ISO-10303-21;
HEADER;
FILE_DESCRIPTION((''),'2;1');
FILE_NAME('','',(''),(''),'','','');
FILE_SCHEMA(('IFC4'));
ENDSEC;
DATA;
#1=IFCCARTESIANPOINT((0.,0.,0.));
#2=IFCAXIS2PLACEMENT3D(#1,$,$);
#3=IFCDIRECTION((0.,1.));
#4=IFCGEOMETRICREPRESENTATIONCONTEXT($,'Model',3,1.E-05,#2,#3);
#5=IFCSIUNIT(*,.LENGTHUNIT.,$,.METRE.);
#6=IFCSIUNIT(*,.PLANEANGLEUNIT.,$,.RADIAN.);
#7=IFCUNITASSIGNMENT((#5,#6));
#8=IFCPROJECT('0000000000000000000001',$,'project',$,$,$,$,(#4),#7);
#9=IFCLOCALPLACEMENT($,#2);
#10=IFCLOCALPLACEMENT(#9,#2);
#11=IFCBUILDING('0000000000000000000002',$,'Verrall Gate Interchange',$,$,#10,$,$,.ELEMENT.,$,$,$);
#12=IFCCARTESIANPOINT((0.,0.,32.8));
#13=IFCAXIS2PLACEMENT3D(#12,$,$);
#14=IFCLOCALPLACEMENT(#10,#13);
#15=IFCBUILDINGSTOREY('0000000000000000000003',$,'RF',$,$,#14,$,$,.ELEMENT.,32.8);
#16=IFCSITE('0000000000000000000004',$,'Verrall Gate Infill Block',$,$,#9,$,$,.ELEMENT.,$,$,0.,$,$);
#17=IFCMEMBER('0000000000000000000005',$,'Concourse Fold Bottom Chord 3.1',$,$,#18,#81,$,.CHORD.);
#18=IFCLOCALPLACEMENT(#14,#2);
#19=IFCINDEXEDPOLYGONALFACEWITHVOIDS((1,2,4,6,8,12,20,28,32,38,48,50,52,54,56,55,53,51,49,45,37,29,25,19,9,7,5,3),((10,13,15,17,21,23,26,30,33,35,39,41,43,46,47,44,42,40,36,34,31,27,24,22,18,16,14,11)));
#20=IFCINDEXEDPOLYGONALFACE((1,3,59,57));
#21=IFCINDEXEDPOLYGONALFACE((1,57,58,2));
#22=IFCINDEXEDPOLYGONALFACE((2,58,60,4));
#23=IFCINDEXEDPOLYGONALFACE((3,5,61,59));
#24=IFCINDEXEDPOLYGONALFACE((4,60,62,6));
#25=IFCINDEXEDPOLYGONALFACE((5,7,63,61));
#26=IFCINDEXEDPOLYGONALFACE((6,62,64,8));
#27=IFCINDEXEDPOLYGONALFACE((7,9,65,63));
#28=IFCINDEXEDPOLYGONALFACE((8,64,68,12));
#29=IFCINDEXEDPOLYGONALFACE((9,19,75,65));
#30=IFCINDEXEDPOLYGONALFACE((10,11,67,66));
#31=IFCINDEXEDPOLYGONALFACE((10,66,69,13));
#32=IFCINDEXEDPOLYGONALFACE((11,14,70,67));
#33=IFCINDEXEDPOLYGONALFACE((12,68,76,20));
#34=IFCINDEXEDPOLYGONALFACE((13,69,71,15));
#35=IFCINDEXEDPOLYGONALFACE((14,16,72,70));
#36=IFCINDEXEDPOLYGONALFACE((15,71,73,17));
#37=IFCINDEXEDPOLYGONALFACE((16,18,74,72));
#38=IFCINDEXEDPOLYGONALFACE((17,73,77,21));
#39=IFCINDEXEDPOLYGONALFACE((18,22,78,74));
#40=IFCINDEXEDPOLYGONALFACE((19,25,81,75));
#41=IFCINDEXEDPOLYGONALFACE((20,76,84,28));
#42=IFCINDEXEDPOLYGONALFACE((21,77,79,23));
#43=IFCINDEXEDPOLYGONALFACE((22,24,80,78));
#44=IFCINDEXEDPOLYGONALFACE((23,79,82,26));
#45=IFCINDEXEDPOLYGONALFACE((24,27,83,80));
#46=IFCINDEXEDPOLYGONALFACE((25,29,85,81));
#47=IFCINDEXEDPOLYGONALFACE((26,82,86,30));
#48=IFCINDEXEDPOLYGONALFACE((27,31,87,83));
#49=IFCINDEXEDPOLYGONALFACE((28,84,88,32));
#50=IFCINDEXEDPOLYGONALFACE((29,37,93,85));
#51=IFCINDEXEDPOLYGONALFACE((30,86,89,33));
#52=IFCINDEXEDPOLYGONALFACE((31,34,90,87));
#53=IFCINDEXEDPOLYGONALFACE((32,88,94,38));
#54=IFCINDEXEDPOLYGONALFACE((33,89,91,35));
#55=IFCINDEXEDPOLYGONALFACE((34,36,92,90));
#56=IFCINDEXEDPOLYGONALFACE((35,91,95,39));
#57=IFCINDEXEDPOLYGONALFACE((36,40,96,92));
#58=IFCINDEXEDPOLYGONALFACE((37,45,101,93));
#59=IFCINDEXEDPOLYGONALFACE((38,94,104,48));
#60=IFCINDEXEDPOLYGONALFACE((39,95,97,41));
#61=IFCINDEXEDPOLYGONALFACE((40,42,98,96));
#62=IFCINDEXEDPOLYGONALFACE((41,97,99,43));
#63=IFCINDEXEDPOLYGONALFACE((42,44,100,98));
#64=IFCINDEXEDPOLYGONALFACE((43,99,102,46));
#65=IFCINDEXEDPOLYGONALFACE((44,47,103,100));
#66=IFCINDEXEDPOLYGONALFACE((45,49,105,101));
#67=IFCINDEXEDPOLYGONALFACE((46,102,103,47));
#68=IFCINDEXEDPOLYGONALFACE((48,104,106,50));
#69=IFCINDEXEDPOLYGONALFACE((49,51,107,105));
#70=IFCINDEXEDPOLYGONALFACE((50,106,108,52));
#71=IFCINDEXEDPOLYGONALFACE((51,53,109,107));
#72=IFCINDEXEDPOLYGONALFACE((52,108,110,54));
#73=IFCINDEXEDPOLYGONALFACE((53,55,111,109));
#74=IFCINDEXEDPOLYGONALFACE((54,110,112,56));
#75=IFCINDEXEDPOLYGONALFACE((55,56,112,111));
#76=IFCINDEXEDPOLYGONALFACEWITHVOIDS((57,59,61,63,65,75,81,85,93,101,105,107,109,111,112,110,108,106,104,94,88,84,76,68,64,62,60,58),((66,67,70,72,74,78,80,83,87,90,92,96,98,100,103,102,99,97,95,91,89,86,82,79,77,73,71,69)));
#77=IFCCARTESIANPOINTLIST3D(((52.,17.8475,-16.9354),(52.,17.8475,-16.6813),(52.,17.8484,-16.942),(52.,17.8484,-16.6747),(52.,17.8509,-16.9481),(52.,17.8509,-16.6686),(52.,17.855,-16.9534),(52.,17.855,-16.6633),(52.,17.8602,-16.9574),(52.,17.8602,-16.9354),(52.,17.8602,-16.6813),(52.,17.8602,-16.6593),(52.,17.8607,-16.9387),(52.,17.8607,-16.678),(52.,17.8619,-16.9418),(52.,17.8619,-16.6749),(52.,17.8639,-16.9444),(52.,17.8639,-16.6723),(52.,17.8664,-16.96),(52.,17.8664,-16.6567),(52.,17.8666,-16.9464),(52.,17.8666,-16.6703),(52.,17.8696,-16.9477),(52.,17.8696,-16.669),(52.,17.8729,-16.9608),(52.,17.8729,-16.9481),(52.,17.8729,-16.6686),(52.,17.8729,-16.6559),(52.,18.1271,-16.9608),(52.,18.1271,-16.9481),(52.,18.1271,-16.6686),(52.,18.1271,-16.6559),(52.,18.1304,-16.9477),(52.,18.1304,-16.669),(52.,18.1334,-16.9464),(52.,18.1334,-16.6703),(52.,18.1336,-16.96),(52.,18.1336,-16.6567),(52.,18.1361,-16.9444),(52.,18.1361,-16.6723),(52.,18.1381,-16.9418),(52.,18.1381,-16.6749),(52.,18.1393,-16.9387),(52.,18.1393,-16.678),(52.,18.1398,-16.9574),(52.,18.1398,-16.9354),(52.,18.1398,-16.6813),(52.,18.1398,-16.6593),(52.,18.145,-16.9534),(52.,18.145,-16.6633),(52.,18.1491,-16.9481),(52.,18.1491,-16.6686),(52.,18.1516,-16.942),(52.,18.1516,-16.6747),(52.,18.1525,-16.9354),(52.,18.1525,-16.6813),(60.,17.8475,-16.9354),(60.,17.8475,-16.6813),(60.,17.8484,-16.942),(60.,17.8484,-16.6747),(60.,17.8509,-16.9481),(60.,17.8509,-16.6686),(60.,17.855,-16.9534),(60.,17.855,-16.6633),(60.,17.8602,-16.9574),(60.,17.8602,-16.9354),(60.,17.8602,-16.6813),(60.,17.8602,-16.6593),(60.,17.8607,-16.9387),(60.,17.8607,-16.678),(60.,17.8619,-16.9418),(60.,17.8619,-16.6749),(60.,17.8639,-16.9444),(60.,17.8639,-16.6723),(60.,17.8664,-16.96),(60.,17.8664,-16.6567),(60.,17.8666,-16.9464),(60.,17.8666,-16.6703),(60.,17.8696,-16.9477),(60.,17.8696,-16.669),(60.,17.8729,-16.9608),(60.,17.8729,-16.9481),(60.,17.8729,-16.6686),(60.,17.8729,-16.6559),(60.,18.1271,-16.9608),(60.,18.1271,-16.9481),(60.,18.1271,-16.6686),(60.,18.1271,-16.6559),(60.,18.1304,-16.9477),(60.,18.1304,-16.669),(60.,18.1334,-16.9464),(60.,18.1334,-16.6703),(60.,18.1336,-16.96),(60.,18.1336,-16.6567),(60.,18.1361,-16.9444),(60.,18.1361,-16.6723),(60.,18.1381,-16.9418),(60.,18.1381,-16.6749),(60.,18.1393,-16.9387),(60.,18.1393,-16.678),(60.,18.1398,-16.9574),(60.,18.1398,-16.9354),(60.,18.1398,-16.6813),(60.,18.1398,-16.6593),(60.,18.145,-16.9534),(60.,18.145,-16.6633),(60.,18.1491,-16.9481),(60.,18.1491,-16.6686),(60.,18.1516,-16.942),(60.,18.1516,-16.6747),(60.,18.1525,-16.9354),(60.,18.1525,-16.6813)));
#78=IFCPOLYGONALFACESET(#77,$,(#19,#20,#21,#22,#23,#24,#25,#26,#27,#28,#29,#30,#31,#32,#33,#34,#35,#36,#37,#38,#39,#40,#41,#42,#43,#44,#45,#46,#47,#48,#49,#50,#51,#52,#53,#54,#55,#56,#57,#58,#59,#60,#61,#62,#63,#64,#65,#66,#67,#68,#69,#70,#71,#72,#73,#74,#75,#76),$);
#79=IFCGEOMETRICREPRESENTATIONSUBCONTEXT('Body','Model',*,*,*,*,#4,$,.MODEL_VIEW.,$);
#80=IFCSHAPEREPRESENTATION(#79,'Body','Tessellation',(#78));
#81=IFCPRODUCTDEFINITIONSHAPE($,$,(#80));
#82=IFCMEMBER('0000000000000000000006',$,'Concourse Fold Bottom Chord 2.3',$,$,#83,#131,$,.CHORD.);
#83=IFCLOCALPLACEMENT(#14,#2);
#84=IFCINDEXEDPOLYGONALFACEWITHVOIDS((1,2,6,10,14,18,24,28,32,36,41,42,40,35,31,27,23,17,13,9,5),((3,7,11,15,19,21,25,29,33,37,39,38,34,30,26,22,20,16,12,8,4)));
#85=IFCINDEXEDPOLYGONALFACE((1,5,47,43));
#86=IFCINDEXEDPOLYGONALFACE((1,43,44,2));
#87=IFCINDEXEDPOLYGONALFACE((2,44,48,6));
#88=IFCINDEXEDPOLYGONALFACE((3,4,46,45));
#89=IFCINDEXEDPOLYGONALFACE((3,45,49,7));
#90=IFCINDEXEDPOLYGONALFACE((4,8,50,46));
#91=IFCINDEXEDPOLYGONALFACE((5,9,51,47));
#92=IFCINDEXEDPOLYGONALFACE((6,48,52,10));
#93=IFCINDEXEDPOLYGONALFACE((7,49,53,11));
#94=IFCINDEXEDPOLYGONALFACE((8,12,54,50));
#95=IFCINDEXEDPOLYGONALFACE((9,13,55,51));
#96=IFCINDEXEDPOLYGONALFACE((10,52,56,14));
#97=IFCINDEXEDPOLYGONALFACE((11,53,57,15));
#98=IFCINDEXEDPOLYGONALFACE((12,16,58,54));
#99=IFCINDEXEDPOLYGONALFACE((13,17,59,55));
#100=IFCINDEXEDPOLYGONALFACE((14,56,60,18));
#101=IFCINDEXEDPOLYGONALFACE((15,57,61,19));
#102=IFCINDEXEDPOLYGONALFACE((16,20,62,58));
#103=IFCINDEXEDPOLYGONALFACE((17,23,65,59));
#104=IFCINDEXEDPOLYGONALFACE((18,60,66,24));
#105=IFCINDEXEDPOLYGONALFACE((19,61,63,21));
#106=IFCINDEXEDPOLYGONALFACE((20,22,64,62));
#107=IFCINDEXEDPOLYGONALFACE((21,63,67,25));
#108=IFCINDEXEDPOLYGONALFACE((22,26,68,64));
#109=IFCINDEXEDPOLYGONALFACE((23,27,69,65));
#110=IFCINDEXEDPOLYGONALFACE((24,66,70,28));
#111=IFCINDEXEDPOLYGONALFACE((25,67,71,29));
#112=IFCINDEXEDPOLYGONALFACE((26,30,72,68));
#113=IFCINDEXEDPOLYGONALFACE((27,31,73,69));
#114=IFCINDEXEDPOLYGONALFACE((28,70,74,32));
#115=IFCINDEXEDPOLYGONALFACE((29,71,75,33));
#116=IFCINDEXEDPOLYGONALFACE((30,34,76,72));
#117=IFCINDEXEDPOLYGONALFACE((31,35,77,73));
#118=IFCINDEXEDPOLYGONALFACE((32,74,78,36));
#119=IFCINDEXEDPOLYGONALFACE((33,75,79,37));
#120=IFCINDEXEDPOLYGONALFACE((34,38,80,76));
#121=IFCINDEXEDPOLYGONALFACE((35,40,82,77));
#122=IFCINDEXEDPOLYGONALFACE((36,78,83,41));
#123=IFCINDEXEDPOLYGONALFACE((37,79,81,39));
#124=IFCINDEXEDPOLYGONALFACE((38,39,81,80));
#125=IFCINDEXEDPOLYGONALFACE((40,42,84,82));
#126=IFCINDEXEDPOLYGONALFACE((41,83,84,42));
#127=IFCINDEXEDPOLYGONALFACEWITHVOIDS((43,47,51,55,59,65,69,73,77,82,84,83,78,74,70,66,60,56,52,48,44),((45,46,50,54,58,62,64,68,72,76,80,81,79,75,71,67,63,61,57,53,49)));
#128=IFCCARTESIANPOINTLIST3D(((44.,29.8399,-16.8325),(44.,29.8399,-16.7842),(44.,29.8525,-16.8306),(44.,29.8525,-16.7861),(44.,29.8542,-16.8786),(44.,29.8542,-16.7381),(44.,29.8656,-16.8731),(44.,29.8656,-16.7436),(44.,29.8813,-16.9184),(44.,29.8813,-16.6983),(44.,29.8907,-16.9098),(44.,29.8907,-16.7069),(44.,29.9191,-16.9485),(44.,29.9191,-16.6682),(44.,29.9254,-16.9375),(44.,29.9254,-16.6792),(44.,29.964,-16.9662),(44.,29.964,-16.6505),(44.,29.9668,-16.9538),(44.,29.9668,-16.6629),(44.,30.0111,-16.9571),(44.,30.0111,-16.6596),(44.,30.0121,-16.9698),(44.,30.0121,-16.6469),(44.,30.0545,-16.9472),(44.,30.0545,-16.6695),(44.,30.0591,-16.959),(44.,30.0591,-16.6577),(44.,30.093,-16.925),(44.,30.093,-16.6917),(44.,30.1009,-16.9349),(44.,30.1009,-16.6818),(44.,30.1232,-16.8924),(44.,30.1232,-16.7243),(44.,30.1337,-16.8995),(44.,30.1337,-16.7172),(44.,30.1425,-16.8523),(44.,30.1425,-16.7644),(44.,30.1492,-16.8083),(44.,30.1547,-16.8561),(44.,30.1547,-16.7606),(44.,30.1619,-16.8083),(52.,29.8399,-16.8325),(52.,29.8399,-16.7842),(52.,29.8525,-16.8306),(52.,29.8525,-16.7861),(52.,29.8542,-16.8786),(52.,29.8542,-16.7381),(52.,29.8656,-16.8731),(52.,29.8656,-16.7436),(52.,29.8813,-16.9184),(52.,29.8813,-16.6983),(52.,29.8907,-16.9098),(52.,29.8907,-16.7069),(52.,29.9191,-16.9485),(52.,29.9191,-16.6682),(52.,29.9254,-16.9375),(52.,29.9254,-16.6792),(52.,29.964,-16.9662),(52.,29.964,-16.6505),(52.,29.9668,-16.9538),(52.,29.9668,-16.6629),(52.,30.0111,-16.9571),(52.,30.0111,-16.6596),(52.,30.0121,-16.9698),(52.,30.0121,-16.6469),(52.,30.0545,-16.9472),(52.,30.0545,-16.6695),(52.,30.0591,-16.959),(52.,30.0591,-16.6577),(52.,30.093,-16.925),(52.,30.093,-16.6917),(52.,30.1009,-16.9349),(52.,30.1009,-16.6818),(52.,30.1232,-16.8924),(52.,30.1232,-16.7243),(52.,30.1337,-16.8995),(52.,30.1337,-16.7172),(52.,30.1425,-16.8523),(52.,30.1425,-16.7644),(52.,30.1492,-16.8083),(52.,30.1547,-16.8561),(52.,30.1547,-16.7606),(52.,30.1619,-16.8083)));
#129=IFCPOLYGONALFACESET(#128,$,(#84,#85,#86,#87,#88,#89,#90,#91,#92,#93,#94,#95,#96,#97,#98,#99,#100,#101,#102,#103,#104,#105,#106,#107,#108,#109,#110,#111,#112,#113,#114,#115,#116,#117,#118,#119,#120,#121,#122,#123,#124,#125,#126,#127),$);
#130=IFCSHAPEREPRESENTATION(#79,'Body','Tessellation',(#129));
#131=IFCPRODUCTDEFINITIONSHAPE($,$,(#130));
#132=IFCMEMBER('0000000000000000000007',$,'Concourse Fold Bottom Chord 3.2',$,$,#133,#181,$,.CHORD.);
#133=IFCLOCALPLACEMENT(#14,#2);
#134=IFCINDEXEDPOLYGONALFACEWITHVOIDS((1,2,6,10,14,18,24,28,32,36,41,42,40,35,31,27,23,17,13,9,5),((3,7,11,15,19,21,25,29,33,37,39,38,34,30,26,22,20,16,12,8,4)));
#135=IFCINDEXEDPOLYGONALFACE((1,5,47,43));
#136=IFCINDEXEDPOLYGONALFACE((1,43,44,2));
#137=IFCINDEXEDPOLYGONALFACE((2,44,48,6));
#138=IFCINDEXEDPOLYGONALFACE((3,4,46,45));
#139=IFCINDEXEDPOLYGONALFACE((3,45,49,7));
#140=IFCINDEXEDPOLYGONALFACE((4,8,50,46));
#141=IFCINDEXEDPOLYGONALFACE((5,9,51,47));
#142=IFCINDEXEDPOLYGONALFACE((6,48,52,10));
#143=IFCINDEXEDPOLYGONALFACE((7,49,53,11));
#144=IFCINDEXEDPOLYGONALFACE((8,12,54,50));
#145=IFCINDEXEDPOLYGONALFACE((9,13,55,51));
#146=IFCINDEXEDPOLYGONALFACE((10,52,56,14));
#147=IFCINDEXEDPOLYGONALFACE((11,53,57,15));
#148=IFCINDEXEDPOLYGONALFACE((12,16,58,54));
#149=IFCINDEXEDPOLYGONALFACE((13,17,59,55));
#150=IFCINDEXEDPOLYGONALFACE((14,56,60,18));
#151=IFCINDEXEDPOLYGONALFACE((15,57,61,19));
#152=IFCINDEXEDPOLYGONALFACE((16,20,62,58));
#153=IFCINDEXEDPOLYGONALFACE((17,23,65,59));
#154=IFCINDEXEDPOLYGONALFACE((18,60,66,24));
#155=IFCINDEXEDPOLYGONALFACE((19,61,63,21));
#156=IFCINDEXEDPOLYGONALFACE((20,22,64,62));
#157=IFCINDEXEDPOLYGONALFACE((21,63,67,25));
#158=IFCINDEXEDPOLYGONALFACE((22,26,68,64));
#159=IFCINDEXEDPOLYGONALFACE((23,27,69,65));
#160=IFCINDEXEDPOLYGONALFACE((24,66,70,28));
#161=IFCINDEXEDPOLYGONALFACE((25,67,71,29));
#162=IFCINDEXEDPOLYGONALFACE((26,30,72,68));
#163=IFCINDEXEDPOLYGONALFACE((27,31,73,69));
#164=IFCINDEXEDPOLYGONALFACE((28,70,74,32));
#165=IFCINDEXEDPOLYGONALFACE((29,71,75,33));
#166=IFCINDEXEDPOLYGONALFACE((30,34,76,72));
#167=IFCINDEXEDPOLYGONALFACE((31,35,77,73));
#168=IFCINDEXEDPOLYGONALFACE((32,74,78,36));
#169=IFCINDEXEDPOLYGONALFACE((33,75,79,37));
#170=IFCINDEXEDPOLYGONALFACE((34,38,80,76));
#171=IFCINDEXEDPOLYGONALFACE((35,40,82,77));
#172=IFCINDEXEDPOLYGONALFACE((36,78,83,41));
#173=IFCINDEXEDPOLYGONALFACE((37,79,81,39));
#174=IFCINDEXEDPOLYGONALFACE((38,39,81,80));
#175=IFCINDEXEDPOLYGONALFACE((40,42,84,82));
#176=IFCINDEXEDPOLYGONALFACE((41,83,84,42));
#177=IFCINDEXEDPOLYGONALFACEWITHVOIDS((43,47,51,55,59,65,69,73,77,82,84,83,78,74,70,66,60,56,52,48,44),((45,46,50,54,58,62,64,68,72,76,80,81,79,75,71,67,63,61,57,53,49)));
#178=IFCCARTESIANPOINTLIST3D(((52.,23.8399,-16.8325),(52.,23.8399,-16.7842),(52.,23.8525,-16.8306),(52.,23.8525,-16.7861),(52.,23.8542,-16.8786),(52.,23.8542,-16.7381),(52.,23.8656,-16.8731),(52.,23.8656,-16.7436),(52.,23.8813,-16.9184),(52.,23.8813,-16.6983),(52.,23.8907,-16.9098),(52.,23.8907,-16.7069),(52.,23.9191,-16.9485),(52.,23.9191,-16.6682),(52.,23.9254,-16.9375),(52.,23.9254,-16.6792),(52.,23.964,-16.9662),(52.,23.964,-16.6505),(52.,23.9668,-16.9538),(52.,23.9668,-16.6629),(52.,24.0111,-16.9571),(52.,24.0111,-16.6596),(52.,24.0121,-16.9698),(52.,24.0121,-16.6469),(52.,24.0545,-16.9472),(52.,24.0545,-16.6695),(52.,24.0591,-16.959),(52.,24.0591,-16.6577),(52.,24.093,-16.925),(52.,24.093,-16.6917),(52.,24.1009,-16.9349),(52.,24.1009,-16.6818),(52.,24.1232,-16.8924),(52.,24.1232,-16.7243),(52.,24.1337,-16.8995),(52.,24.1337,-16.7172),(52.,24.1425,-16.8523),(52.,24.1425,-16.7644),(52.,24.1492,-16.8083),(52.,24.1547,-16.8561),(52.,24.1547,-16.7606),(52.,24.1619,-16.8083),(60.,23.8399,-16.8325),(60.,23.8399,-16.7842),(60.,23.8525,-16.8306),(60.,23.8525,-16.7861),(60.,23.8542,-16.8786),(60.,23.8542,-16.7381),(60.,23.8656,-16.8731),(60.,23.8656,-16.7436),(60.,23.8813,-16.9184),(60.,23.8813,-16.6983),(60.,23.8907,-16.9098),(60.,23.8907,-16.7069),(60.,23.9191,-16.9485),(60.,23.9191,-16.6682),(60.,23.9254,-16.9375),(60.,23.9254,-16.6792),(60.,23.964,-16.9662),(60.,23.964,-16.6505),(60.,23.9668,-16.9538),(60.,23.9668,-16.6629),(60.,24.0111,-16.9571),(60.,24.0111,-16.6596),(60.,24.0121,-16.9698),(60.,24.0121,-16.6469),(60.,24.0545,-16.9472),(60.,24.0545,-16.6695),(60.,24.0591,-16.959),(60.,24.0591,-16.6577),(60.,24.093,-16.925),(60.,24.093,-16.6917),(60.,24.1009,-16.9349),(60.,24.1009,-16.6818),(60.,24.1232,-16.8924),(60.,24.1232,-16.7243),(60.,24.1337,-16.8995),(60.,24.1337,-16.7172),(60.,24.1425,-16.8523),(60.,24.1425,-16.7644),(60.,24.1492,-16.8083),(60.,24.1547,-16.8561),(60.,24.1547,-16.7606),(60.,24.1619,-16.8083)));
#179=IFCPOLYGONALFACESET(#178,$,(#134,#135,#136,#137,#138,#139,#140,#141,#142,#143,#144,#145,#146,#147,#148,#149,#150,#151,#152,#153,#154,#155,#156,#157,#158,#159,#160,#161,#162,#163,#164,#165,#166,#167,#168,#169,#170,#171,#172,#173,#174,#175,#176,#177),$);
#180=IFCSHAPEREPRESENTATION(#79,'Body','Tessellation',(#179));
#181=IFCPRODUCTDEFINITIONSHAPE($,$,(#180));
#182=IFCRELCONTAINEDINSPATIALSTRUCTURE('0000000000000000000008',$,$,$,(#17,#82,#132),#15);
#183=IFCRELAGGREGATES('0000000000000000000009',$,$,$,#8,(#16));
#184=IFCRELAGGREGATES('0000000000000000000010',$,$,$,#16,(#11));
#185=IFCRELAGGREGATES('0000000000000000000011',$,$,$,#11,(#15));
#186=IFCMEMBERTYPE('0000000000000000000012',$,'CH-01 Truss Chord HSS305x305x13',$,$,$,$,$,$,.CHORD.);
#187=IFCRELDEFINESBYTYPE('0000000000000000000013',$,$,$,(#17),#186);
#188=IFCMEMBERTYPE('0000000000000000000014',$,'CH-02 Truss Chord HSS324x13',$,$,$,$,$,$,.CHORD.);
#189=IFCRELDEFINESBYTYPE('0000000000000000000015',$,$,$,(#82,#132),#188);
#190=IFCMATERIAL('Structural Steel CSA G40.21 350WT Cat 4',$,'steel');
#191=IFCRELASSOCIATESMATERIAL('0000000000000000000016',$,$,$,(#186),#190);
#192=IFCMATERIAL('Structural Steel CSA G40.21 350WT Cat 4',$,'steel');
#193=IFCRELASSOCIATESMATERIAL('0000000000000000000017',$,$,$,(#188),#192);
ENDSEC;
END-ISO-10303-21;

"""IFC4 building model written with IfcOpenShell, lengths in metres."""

from ifc_helpers import new_model, si_unit, direction, frame, origin, origin_2d, place, context, subcontext, project, spatial, hollow_rectangle, hollow_circle, extrude, material, material_profile, profile_set, type_object, element, save


model = new_model("IFC4")

# Units and contexts
model_context = context("Model", 3, precision=1e-05, world=origin(), true_north=direction((0.0, 1.0)))
body_context = subcontext(model_context, "Body", "Model", "MODEL_VIEW")
ifc_project = project(units=[si_unit("LENGTHUNIT", "METRE"), si_unit("PLANEANGLEUNIT", "RADIAN")], contexts=[model_context])

# Site, building, storey
site_placement = place(None, origin())
site = spatial("IfcSite", under=ifc_project, at=site_placement, Name="Verrall Gate Infill Block", CompositionType="ELEMENT", RefElevation=0.0)
building_placement = place(site_placement, origin())
building = spatial("IfcBuilding", under=site, at=building_placement, Name="Verrall Gate Interchange", CompositionType="ELEMENT")
storey_placement = place(building_placement, frame((0.0, 0.0, 32.8)))
storey = spatial("IfcBuildingStorey", under=building, at=storey_placement, Name="RF", CompositionType="ELEMENT", Elevation=32.8)

# Members
ifc_material_1 = material(Name="Structural Steel CSA G40.21 350WT Cat 4", Category="steel")
ifc_material_profile_1 = material_profile(ifc_material_1, hollow_rectangle(XDim=0.3049, YDim=0.3049, WallThickness=0.0127, InnerFilletRadius=0.0127, OuterFilletRadius=0.0254, at=origin_2d()), Name="HSS305x305x13")
ifc_profile_set_1 = profile_set([ifc_material_profile_1], Name="Structural Steel CSA G40.21 350WT Cat 4")
member_type_1 = type_object("IfcMemberType", Name="CH-01 Truss Chord HSS305x305x13", PredefinedType="CHORD", material=ifc_profile_set_1)
for number, where, z_axis, x_axis, name in (
    (1, (52.0, 18.0, -16.8083), (1.0, 0.0, 0.0), (0.0, 1.0, 0.0), "Concourse Fold Bottom Chord 3.1"),
):
    element("IfcMember", number, at=place(storey_placement, frame(where, z_axis=z_axis, x_axis=x_axis)), inside=storey, type_object=member_type_1, Name=name, PredefinedType="CHORD", context=body_context, shape_type="SweptSolid", body=[
        extrude(hollow_rectangle(XDim=0.3049, YDim=0.3049, WallThickness=0.0127, InnerFilletRadius=0.0127, OuterFilletRadius=0.0254, at=origin_2d()), origin(), (0.0, 0.0, 1.0), 8.0),
    ])
ifc_material_2 = material(Name="Structural Steel CSA G40.21 350WT Cat 4", Category="steel")
ifc_material_profile_2 = material_profile(ifc_material_2, hollow_circle(Radius=0.1619, WallThickness=0.0127, at=origin_2d()), Name="HSS324x13")
ifc_profile_set_2 = profile_set([ifc_material_profile_2], Name="Structural Steel CSA G40.21 350WT Cat 4")
member_type_2 = type_object("IfcMemberType", Name="CH-02 Truss Chord HSS324x13", PredefinedType="CHORD", material=ifc_profile_set_2)
for number, where, z_axis, x_axis, name in (
    (2, (44.0, 30.0, -16.8083), (1.0, 0.0, 0.0), (0.0, 1.0, 0.0), "Concourse Fold Bottom Chord 2.3"),
    (3, (52.0, 24.0, -16.8083), (1.0, 0.0, 0.0), (0.0, 1.0, 0.0), "Concourse Fold Bottom Chord 3.2"),
):
    element("IfcMember", number, at=place(storey_placement, frame(where, z_axis=z_axis, x_axis=x_axis)), inside=storey, type_object=member_type_2, Name=name, PredefinedType="CHORD", context=body_context, shape_type="SweptSolid", body=[
        extrude(hollow_circle(Radius=0.1619, WallThickness=0.0127, at=origin_2d()), origin(), (0.0, 0.0, 1.0), 8.0),
    ])

save(model, "model.ifc")
